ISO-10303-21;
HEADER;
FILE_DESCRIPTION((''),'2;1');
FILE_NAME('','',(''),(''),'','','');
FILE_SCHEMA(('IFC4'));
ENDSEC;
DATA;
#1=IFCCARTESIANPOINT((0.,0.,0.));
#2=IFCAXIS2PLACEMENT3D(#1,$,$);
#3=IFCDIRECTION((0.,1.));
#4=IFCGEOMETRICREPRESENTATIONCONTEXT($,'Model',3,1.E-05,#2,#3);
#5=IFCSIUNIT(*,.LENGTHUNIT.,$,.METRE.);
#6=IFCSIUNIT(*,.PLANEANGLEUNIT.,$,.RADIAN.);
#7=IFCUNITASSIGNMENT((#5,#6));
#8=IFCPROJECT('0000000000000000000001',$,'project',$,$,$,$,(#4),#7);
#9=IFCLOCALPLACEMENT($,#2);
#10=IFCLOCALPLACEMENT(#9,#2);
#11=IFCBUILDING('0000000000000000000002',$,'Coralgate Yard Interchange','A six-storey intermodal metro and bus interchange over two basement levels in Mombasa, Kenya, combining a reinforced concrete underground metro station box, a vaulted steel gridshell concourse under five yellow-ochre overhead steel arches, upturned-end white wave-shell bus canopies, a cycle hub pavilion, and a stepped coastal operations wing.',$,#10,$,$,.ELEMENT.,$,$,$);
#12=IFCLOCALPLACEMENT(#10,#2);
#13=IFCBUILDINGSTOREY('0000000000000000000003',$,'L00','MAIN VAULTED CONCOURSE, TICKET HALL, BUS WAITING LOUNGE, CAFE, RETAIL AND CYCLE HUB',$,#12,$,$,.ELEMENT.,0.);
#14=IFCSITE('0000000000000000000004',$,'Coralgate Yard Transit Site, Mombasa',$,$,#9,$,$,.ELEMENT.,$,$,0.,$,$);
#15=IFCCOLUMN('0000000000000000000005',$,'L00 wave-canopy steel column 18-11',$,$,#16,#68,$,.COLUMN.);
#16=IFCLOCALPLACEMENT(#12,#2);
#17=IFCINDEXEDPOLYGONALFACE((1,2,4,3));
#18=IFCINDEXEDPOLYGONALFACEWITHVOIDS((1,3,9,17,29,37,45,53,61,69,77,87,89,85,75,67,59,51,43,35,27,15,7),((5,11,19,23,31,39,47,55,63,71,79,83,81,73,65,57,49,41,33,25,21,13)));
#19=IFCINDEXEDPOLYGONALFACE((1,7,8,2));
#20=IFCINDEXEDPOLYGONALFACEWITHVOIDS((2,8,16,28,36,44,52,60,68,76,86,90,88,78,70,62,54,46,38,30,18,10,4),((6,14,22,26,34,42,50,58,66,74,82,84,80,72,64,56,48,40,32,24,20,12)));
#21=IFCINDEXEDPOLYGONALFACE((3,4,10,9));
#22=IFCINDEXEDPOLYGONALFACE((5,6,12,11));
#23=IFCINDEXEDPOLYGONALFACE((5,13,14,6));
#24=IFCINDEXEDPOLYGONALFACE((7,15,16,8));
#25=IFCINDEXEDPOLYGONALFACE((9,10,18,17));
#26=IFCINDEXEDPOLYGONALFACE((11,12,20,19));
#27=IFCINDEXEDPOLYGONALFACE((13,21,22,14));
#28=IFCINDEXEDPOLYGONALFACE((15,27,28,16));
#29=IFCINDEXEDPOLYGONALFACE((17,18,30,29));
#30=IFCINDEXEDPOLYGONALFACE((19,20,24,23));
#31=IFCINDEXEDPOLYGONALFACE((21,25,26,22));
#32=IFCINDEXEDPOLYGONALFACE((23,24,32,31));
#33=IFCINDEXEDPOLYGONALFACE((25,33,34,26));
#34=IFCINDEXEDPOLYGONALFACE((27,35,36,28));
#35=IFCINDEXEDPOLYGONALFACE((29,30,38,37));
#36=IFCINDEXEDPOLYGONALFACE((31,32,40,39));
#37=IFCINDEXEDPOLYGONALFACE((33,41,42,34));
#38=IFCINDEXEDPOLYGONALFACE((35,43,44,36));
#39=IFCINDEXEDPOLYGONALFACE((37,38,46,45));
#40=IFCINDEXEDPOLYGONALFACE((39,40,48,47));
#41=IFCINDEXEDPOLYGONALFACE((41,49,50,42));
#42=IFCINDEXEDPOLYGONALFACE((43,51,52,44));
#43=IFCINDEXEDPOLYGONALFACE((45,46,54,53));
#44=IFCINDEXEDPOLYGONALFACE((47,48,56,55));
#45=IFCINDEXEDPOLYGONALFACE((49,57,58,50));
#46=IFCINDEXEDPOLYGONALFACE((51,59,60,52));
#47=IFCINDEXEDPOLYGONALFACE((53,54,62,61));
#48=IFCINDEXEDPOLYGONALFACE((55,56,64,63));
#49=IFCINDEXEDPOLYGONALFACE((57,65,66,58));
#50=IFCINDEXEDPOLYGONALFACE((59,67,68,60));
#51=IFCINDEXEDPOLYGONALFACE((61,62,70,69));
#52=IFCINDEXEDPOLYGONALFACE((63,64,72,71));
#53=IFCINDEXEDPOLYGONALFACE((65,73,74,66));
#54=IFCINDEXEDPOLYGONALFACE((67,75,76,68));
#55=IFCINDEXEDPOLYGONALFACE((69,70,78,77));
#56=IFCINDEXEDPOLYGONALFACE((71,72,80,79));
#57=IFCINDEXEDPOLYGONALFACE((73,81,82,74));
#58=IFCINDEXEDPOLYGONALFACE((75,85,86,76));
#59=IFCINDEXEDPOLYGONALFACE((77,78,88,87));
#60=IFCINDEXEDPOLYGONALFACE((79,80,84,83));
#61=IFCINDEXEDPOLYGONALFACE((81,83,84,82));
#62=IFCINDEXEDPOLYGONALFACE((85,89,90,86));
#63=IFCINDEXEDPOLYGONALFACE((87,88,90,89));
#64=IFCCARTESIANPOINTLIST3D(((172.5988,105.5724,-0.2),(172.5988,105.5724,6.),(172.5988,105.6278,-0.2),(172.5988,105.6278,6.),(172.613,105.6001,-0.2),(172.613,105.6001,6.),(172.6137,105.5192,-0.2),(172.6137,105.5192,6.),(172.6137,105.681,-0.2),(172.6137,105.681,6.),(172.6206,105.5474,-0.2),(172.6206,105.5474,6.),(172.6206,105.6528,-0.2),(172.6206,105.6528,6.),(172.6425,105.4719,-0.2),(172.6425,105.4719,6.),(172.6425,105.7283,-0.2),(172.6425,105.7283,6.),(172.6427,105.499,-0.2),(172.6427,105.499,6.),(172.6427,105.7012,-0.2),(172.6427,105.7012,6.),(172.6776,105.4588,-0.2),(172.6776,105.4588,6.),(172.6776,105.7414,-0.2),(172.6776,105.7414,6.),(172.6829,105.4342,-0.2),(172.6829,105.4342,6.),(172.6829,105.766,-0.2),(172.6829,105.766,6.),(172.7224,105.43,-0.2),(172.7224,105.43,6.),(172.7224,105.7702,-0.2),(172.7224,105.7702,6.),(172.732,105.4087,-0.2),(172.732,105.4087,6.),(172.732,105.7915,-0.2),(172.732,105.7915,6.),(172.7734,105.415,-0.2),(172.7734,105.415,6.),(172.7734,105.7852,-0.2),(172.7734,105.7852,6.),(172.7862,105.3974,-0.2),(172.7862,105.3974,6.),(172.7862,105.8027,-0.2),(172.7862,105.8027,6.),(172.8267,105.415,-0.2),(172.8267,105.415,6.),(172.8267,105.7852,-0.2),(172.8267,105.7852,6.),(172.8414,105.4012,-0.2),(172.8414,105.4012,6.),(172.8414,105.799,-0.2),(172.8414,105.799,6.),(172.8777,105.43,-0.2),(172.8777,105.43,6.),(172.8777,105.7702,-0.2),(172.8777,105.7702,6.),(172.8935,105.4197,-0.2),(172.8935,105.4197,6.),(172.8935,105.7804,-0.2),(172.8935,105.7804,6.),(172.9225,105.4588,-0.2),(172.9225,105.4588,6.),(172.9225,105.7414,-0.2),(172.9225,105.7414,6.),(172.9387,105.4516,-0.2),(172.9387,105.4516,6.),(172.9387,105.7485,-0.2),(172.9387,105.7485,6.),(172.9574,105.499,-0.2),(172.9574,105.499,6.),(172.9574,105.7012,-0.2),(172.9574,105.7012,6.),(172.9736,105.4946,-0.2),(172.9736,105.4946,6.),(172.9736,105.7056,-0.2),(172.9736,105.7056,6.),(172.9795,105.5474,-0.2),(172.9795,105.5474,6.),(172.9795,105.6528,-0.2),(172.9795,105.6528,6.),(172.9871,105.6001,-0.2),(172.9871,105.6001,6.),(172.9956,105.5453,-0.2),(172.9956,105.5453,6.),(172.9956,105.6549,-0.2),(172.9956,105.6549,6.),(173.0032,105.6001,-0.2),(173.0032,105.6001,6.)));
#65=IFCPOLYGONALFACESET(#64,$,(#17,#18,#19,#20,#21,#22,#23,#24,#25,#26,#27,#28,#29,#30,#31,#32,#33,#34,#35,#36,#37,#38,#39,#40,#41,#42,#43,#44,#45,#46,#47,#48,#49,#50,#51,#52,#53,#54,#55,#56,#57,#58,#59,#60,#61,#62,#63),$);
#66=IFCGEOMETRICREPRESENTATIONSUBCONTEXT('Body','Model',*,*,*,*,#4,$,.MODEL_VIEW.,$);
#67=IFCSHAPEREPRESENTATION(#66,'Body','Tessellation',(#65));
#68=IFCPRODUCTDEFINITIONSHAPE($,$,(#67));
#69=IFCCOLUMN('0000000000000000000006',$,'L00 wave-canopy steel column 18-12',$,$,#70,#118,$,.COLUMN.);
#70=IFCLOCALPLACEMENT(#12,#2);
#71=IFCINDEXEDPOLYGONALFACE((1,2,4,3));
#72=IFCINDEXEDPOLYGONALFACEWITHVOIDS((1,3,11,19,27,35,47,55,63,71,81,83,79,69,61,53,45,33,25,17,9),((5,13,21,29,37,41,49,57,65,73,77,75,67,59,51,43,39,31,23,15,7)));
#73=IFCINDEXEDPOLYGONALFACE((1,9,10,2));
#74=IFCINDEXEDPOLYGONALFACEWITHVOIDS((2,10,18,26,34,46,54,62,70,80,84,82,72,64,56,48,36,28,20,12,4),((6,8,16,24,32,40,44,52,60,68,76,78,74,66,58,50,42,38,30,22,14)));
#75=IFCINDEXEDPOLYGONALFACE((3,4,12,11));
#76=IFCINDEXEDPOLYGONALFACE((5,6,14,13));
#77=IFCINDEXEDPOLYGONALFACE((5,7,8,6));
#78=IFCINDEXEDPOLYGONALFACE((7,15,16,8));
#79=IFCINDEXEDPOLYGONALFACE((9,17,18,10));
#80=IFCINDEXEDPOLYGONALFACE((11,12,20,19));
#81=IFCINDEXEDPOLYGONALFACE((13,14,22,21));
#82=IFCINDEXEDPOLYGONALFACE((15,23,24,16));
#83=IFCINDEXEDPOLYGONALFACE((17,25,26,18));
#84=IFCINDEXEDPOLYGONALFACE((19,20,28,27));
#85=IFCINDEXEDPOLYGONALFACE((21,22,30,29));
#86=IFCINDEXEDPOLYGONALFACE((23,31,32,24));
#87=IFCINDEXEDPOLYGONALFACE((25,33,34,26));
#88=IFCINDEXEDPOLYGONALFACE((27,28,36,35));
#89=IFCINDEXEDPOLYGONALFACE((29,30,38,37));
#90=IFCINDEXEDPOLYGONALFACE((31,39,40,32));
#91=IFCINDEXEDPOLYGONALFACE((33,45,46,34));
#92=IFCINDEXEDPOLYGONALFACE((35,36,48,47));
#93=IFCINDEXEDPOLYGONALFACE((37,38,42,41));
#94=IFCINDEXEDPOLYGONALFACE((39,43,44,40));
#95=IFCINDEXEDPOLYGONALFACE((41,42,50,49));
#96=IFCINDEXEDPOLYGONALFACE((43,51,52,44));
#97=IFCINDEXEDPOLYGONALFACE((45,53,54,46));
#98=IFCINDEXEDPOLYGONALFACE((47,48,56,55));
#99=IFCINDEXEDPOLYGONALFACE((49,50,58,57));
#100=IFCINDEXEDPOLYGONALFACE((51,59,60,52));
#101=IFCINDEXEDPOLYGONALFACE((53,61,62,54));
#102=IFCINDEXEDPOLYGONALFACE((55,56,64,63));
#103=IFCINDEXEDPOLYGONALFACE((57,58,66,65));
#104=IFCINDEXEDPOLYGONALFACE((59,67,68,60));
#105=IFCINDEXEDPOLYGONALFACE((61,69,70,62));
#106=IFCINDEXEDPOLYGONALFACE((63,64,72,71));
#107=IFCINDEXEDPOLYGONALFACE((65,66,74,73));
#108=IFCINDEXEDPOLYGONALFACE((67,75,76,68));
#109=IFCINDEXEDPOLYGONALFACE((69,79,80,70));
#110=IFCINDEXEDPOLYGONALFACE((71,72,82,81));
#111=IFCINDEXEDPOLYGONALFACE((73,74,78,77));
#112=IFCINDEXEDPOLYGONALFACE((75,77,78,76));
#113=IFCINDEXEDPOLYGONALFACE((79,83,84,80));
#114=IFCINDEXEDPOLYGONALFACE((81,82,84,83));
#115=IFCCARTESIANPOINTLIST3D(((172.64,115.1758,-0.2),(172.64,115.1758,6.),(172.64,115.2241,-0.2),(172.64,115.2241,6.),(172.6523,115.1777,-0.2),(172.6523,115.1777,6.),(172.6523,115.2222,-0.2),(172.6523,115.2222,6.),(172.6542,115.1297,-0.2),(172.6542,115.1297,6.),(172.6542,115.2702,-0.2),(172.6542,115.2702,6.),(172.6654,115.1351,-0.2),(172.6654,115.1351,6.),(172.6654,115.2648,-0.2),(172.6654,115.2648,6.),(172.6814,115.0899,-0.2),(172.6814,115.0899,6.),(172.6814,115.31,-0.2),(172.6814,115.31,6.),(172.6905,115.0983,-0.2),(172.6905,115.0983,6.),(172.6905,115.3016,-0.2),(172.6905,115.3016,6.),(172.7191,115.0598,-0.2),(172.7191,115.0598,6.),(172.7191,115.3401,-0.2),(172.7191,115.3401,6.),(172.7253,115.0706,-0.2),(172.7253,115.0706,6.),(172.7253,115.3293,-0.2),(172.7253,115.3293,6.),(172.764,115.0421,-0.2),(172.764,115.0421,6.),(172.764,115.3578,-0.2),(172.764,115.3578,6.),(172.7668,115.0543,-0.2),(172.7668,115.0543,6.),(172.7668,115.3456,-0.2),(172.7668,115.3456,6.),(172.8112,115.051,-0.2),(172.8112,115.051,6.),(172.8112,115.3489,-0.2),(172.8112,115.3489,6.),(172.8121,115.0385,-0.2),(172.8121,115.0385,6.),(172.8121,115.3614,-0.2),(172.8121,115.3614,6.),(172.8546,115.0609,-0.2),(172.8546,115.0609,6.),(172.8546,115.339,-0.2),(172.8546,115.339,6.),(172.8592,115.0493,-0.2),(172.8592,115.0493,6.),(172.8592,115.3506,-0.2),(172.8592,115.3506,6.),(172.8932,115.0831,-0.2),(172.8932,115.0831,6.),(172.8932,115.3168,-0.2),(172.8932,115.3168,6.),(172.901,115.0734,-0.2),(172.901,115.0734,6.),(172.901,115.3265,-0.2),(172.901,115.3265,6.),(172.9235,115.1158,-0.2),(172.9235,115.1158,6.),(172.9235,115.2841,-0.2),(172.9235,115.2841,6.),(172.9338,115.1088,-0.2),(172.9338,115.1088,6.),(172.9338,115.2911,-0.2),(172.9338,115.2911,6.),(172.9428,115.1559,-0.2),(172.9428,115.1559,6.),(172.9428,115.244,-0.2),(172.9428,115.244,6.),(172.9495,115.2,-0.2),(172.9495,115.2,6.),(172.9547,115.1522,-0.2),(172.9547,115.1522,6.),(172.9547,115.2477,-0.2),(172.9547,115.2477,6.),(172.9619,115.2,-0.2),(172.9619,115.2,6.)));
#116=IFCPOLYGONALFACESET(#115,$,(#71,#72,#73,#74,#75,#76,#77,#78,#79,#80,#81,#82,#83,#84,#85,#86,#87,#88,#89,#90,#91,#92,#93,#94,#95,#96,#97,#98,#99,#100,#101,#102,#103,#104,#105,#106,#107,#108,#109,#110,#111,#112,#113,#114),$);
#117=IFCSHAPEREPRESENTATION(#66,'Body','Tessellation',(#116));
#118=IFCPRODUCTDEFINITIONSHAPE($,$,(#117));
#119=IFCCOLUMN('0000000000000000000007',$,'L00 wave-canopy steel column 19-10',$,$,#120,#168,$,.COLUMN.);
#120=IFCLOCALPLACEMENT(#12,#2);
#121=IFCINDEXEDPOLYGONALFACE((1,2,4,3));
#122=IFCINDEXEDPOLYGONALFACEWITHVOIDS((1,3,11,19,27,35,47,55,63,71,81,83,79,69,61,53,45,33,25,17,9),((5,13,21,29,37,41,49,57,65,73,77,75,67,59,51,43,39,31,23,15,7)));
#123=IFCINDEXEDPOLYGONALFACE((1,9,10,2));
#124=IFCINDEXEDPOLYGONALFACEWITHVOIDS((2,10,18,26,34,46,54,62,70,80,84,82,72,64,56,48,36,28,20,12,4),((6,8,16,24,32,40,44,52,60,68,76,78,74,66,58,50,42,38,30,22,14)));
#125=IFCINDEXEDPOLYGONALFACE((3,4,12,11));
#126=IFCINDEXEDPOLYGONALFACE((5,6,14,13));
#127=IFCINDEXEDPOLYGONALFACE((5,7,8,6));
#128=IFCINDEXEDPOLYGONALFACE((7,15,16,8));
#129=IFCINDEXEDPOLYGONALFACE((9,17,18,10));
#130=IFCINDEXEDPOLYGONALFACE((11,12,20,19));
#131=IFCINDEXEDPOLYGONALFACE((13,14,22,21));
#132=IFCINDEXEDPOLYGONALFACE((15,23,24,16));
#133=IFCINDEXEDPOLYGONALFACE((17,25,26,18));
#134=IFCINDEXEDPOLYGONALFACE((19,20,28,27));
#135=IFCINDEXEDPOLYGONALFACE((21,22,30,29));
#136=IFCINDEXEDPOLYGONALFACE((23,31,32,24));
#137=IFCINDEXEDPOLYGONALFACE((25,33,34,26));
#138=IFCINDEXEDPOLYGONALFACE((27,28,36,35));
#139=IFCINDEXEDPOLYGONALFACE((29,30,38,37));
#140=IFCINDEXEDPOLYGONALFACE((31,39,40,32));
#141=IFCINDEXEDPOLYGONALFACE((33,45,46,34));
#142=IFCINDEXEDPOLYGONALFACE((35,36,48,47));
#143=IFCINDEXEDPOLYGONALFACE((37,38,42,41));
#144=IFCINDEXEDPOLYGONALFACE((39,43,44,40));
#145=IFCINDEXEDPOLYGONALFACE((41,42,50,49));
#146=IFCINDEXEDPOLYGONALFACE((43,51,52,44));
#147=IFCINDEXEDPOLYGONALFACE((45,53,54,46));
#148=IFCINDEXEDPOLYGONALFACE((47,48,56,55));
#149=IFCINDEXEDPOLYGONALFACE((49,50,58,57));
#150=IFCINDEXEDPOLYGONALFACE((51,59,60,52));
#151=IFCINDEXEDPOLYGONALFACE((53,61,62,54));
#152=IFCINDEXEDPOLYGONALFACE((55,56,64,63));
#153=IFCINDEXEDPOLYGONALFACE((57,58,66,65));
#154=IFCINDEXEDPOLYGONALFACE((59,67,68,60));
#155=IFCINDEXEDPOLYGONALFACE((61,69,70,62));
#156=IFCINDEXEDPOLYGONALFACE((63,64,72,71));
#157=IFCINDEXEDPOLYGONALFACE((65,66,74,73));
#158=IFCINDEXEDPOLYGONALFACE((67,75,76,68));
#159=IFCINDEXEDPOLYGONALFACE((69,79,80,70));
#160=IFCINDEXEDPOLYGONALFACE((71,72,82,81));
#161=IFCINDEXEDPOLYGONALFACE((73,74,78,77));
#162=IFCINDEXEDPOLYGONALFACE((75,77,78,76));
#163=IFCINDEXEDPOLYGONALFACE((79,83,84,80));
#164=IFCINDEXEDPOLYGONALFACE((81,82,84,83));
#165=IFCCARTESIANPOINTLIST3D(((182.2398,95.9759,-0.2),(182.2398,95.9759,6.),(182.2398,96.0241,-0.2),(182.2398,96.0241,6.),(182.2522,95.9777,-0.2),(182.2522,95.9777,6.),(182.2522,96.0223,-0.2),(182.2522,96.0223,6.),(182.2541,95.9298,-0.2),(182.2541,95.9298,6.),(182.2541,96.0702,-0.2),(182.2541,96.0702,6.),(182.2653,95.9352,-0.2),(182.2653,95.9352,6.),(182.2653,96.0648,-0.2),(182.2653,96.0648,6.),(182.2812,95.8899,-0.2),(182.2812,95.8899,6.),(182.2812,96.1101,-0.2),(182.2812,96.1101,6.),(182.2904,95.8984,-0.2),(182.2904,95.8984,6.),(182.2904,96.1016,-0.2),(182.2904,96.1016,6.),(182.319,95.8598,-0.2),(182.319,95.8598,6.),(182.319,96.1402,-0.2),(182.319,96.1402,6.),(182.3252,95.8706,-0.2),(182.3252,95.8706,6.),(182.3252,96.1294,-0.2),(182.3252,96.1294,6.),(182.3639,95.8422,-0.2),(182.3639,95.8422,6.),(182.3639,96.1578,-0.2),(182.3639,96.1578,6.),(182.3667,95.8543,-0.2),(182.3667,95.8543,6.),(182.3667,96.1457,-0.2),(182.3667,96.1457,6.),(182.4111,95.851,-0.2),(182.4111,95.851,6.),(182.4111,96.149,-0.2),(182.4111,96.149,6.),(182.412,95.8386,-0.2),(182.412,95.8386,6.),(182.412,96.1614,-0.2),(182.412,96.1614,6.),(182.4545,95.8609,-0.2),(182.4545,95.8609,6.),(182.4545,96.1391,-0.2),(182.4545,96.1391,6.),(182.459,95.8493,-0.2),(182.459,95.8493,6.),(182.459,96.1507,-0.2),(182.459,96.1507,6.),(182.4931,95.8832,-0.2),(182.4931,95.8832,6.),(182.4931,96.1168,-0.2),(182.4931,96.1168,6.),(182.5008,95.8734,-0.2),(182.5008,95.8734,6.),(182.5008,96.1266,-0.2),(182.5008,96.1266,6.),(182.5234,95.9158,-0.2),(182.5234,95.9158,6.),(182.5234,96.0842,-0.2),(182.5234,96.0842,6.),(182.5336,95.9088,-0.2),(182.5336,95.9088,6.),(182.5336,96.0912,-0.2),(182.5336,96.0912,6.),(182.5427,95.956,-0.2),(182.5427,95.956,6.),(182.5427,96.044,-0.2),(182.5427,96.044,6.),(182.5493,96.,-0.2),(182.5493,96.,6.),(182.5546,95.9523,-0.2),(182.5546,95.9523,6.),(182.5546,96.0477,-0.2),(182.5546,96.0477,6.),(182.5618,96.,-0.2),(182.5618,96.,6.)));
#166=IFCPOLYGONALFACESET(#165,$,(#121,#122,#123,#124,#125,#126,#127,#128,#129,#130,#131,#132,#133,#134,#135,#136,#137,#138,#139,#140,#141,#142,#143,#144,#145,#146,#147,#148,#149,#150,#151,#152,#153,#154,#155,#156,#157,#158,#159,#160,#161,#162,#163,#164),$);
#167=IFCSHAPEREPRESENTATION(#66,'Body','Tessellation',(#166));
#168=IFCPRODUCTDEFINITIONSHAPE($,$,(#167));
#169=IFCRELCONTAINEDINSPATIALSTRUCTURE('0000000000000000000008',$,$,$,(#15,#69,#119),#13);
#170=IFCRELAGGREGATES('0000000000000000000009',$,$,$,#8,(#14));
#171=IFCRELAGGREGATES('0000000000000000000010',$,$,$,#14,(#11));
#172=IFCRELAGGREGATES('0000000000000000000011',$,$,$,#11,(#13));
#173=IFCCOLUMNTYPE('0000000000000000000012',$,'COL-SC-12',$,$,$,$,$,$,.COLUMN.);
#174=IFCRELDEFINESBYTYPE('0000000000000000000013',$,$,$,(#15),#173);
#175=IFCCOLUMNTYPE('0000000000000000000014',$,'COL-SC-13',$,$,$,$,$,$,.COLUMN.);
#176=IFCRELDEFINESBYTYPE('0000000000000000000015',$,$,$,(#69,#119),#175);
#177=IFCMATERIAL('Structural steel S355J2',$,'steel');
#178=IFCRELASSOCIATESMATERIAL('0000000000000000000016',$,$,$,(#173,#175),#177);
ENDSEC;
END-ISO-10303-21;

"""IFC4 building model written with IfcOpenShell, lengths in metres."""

from ifc_helpers import new_model, si_unit, direction, frame, origin, origin_2d, place, context, subcontext, project, spatial, hollow_circle, extrude, material, material_profile, profile_set, type_object, element, save


model = new_model("IFC4")

# Units and contexts
model_context = context("Model", 3, precision=1e-05, world=origin(), true_north=direction((0.0, 1.0)))
body_context = subcontext(model_context, "Body", "Model", "MODEL_VIEW")
ifc_project = project(units=[si_unit("LENGTHUNIT", "METRE"), si_unit("PLANEANGLEUNIT", "RADIAN")], contexts=[model_context])

# Site, building, storey
site_placement = place(None, origin())
site = spatial("IfcSite", under=ifc_project, at=site_placement, Name="Coralgate Yard Transit Site, Mombasa", CompositionType="ELEMENT", RefElevation=0.0)
building_placement = place(site_placement, origin())
building = spatial("IfcBuilding", under=site, at=building_placement, Name="Coralgate Yard Interchange", Description="A six-storey intermodal metro and bus interchange over two basement levels in Mombasa, Kenya, combining a reinforced concrete underground metro station box, a vaulted steel gridshell concourse under five yellow-ochre overhead steel arches, upturned-end white wave-shell bus canopies, a cycle hub pavilion, and a stepped coastal operations wing.", CompositionType="ELEMENT")
storey_placement = place(building_placement, origin())
storey = spatial("IfcBuildingStorey", under=building, at=storey_placement, Name="L00", Description="MAIN VAULTED CONCOURSE, TICKET HALL, BUS WAITING LOUNGE, CAFE, RETAIL AND CYCLE HUB", CompositionType="ELEMENT", Elevation=0.0)

# Columns
ifc_material_1 = material(Name="Structural steel S355J2", Category="steel")
ifc_material_profile_1 = material_profile(ifc_material_1, hollow_circle(Radius=0.2031, WallThickness=0.0161, at=origin_2d()), Name="CHS 406.4x16")
ifc_profile_set_1 = profile_set([ifc_material_profile_1], Name="Structural steel S355J2")
column_type_1 = type_object("IfcColumnType", Name="COL-SC-12", PredefinedType="COLUMN", material=ifc_profile_set_1)
column_placement = place(storey_placement, frame((172.8, 105.6001, -0.2), z_axis=(0.0, 0.0, 1.0), x_axis=(1.0, 0.0, 0.0)))
element("IfcColumn", 1, at=column_placement, inside=storey, type_object=column_type_1, Name="L00 wave-canopy steel column 18-11", PredefinedType="COLUMN", context=body_context, shape_type="SweptSolid", body=[
    extrude(hollow_circle(Radius=0.2031, WallThickness=0.0161, at=origin_2d()), origin(), (0.0, 0.0, 1.0), 6.2),
])
ifc_material_profile_2 = material_profile(ifc_material_1, hollow_circle(Radius=0.1619, WallThickness=0.0125, at=origin_2d()), Name="CHS 323.9x12.5")
ifc_profile_set_2 = profile_set([ifc_material_profile_2], Name="Structural steel S355J2")
column_type_2 = type_object("IfcColumnType", Name="COL-SC-13", PredefinedType="COLUMN", material=ifc_profile_set_2)
for number, where, z_axis, x_axis, name in (
    (2, (172.8, 115.2, -0.2), (0.0, 0.0, 1.0), (1.0, 0.0, 0.0), "L00 wave-canopy steel column 18-12"),
    (3, (182.3999, 96.0, -0.2), (0.0, 0.0, 1.0), (1.0, 0.0, 0.0), "L00 wave-canopy steel column 19-10"),
):
    element("IfcColumn", number, at=place(storey_placement, frame(where, z_axis=z_axis, x_axis=x_axis)), inside=storey, type_object=column_type_2, Name=name, PredefinedType="COLUMN", context=body_context, shape_type="SweptSolid", body=[
        extrude(hollow_circle(Radius=0.1619, WallThickness=0.0125, at=origin_2d()), origin(), (0.0, 0.0, 1.0), 6.2),
    ])

save(model, "model.ifc")
